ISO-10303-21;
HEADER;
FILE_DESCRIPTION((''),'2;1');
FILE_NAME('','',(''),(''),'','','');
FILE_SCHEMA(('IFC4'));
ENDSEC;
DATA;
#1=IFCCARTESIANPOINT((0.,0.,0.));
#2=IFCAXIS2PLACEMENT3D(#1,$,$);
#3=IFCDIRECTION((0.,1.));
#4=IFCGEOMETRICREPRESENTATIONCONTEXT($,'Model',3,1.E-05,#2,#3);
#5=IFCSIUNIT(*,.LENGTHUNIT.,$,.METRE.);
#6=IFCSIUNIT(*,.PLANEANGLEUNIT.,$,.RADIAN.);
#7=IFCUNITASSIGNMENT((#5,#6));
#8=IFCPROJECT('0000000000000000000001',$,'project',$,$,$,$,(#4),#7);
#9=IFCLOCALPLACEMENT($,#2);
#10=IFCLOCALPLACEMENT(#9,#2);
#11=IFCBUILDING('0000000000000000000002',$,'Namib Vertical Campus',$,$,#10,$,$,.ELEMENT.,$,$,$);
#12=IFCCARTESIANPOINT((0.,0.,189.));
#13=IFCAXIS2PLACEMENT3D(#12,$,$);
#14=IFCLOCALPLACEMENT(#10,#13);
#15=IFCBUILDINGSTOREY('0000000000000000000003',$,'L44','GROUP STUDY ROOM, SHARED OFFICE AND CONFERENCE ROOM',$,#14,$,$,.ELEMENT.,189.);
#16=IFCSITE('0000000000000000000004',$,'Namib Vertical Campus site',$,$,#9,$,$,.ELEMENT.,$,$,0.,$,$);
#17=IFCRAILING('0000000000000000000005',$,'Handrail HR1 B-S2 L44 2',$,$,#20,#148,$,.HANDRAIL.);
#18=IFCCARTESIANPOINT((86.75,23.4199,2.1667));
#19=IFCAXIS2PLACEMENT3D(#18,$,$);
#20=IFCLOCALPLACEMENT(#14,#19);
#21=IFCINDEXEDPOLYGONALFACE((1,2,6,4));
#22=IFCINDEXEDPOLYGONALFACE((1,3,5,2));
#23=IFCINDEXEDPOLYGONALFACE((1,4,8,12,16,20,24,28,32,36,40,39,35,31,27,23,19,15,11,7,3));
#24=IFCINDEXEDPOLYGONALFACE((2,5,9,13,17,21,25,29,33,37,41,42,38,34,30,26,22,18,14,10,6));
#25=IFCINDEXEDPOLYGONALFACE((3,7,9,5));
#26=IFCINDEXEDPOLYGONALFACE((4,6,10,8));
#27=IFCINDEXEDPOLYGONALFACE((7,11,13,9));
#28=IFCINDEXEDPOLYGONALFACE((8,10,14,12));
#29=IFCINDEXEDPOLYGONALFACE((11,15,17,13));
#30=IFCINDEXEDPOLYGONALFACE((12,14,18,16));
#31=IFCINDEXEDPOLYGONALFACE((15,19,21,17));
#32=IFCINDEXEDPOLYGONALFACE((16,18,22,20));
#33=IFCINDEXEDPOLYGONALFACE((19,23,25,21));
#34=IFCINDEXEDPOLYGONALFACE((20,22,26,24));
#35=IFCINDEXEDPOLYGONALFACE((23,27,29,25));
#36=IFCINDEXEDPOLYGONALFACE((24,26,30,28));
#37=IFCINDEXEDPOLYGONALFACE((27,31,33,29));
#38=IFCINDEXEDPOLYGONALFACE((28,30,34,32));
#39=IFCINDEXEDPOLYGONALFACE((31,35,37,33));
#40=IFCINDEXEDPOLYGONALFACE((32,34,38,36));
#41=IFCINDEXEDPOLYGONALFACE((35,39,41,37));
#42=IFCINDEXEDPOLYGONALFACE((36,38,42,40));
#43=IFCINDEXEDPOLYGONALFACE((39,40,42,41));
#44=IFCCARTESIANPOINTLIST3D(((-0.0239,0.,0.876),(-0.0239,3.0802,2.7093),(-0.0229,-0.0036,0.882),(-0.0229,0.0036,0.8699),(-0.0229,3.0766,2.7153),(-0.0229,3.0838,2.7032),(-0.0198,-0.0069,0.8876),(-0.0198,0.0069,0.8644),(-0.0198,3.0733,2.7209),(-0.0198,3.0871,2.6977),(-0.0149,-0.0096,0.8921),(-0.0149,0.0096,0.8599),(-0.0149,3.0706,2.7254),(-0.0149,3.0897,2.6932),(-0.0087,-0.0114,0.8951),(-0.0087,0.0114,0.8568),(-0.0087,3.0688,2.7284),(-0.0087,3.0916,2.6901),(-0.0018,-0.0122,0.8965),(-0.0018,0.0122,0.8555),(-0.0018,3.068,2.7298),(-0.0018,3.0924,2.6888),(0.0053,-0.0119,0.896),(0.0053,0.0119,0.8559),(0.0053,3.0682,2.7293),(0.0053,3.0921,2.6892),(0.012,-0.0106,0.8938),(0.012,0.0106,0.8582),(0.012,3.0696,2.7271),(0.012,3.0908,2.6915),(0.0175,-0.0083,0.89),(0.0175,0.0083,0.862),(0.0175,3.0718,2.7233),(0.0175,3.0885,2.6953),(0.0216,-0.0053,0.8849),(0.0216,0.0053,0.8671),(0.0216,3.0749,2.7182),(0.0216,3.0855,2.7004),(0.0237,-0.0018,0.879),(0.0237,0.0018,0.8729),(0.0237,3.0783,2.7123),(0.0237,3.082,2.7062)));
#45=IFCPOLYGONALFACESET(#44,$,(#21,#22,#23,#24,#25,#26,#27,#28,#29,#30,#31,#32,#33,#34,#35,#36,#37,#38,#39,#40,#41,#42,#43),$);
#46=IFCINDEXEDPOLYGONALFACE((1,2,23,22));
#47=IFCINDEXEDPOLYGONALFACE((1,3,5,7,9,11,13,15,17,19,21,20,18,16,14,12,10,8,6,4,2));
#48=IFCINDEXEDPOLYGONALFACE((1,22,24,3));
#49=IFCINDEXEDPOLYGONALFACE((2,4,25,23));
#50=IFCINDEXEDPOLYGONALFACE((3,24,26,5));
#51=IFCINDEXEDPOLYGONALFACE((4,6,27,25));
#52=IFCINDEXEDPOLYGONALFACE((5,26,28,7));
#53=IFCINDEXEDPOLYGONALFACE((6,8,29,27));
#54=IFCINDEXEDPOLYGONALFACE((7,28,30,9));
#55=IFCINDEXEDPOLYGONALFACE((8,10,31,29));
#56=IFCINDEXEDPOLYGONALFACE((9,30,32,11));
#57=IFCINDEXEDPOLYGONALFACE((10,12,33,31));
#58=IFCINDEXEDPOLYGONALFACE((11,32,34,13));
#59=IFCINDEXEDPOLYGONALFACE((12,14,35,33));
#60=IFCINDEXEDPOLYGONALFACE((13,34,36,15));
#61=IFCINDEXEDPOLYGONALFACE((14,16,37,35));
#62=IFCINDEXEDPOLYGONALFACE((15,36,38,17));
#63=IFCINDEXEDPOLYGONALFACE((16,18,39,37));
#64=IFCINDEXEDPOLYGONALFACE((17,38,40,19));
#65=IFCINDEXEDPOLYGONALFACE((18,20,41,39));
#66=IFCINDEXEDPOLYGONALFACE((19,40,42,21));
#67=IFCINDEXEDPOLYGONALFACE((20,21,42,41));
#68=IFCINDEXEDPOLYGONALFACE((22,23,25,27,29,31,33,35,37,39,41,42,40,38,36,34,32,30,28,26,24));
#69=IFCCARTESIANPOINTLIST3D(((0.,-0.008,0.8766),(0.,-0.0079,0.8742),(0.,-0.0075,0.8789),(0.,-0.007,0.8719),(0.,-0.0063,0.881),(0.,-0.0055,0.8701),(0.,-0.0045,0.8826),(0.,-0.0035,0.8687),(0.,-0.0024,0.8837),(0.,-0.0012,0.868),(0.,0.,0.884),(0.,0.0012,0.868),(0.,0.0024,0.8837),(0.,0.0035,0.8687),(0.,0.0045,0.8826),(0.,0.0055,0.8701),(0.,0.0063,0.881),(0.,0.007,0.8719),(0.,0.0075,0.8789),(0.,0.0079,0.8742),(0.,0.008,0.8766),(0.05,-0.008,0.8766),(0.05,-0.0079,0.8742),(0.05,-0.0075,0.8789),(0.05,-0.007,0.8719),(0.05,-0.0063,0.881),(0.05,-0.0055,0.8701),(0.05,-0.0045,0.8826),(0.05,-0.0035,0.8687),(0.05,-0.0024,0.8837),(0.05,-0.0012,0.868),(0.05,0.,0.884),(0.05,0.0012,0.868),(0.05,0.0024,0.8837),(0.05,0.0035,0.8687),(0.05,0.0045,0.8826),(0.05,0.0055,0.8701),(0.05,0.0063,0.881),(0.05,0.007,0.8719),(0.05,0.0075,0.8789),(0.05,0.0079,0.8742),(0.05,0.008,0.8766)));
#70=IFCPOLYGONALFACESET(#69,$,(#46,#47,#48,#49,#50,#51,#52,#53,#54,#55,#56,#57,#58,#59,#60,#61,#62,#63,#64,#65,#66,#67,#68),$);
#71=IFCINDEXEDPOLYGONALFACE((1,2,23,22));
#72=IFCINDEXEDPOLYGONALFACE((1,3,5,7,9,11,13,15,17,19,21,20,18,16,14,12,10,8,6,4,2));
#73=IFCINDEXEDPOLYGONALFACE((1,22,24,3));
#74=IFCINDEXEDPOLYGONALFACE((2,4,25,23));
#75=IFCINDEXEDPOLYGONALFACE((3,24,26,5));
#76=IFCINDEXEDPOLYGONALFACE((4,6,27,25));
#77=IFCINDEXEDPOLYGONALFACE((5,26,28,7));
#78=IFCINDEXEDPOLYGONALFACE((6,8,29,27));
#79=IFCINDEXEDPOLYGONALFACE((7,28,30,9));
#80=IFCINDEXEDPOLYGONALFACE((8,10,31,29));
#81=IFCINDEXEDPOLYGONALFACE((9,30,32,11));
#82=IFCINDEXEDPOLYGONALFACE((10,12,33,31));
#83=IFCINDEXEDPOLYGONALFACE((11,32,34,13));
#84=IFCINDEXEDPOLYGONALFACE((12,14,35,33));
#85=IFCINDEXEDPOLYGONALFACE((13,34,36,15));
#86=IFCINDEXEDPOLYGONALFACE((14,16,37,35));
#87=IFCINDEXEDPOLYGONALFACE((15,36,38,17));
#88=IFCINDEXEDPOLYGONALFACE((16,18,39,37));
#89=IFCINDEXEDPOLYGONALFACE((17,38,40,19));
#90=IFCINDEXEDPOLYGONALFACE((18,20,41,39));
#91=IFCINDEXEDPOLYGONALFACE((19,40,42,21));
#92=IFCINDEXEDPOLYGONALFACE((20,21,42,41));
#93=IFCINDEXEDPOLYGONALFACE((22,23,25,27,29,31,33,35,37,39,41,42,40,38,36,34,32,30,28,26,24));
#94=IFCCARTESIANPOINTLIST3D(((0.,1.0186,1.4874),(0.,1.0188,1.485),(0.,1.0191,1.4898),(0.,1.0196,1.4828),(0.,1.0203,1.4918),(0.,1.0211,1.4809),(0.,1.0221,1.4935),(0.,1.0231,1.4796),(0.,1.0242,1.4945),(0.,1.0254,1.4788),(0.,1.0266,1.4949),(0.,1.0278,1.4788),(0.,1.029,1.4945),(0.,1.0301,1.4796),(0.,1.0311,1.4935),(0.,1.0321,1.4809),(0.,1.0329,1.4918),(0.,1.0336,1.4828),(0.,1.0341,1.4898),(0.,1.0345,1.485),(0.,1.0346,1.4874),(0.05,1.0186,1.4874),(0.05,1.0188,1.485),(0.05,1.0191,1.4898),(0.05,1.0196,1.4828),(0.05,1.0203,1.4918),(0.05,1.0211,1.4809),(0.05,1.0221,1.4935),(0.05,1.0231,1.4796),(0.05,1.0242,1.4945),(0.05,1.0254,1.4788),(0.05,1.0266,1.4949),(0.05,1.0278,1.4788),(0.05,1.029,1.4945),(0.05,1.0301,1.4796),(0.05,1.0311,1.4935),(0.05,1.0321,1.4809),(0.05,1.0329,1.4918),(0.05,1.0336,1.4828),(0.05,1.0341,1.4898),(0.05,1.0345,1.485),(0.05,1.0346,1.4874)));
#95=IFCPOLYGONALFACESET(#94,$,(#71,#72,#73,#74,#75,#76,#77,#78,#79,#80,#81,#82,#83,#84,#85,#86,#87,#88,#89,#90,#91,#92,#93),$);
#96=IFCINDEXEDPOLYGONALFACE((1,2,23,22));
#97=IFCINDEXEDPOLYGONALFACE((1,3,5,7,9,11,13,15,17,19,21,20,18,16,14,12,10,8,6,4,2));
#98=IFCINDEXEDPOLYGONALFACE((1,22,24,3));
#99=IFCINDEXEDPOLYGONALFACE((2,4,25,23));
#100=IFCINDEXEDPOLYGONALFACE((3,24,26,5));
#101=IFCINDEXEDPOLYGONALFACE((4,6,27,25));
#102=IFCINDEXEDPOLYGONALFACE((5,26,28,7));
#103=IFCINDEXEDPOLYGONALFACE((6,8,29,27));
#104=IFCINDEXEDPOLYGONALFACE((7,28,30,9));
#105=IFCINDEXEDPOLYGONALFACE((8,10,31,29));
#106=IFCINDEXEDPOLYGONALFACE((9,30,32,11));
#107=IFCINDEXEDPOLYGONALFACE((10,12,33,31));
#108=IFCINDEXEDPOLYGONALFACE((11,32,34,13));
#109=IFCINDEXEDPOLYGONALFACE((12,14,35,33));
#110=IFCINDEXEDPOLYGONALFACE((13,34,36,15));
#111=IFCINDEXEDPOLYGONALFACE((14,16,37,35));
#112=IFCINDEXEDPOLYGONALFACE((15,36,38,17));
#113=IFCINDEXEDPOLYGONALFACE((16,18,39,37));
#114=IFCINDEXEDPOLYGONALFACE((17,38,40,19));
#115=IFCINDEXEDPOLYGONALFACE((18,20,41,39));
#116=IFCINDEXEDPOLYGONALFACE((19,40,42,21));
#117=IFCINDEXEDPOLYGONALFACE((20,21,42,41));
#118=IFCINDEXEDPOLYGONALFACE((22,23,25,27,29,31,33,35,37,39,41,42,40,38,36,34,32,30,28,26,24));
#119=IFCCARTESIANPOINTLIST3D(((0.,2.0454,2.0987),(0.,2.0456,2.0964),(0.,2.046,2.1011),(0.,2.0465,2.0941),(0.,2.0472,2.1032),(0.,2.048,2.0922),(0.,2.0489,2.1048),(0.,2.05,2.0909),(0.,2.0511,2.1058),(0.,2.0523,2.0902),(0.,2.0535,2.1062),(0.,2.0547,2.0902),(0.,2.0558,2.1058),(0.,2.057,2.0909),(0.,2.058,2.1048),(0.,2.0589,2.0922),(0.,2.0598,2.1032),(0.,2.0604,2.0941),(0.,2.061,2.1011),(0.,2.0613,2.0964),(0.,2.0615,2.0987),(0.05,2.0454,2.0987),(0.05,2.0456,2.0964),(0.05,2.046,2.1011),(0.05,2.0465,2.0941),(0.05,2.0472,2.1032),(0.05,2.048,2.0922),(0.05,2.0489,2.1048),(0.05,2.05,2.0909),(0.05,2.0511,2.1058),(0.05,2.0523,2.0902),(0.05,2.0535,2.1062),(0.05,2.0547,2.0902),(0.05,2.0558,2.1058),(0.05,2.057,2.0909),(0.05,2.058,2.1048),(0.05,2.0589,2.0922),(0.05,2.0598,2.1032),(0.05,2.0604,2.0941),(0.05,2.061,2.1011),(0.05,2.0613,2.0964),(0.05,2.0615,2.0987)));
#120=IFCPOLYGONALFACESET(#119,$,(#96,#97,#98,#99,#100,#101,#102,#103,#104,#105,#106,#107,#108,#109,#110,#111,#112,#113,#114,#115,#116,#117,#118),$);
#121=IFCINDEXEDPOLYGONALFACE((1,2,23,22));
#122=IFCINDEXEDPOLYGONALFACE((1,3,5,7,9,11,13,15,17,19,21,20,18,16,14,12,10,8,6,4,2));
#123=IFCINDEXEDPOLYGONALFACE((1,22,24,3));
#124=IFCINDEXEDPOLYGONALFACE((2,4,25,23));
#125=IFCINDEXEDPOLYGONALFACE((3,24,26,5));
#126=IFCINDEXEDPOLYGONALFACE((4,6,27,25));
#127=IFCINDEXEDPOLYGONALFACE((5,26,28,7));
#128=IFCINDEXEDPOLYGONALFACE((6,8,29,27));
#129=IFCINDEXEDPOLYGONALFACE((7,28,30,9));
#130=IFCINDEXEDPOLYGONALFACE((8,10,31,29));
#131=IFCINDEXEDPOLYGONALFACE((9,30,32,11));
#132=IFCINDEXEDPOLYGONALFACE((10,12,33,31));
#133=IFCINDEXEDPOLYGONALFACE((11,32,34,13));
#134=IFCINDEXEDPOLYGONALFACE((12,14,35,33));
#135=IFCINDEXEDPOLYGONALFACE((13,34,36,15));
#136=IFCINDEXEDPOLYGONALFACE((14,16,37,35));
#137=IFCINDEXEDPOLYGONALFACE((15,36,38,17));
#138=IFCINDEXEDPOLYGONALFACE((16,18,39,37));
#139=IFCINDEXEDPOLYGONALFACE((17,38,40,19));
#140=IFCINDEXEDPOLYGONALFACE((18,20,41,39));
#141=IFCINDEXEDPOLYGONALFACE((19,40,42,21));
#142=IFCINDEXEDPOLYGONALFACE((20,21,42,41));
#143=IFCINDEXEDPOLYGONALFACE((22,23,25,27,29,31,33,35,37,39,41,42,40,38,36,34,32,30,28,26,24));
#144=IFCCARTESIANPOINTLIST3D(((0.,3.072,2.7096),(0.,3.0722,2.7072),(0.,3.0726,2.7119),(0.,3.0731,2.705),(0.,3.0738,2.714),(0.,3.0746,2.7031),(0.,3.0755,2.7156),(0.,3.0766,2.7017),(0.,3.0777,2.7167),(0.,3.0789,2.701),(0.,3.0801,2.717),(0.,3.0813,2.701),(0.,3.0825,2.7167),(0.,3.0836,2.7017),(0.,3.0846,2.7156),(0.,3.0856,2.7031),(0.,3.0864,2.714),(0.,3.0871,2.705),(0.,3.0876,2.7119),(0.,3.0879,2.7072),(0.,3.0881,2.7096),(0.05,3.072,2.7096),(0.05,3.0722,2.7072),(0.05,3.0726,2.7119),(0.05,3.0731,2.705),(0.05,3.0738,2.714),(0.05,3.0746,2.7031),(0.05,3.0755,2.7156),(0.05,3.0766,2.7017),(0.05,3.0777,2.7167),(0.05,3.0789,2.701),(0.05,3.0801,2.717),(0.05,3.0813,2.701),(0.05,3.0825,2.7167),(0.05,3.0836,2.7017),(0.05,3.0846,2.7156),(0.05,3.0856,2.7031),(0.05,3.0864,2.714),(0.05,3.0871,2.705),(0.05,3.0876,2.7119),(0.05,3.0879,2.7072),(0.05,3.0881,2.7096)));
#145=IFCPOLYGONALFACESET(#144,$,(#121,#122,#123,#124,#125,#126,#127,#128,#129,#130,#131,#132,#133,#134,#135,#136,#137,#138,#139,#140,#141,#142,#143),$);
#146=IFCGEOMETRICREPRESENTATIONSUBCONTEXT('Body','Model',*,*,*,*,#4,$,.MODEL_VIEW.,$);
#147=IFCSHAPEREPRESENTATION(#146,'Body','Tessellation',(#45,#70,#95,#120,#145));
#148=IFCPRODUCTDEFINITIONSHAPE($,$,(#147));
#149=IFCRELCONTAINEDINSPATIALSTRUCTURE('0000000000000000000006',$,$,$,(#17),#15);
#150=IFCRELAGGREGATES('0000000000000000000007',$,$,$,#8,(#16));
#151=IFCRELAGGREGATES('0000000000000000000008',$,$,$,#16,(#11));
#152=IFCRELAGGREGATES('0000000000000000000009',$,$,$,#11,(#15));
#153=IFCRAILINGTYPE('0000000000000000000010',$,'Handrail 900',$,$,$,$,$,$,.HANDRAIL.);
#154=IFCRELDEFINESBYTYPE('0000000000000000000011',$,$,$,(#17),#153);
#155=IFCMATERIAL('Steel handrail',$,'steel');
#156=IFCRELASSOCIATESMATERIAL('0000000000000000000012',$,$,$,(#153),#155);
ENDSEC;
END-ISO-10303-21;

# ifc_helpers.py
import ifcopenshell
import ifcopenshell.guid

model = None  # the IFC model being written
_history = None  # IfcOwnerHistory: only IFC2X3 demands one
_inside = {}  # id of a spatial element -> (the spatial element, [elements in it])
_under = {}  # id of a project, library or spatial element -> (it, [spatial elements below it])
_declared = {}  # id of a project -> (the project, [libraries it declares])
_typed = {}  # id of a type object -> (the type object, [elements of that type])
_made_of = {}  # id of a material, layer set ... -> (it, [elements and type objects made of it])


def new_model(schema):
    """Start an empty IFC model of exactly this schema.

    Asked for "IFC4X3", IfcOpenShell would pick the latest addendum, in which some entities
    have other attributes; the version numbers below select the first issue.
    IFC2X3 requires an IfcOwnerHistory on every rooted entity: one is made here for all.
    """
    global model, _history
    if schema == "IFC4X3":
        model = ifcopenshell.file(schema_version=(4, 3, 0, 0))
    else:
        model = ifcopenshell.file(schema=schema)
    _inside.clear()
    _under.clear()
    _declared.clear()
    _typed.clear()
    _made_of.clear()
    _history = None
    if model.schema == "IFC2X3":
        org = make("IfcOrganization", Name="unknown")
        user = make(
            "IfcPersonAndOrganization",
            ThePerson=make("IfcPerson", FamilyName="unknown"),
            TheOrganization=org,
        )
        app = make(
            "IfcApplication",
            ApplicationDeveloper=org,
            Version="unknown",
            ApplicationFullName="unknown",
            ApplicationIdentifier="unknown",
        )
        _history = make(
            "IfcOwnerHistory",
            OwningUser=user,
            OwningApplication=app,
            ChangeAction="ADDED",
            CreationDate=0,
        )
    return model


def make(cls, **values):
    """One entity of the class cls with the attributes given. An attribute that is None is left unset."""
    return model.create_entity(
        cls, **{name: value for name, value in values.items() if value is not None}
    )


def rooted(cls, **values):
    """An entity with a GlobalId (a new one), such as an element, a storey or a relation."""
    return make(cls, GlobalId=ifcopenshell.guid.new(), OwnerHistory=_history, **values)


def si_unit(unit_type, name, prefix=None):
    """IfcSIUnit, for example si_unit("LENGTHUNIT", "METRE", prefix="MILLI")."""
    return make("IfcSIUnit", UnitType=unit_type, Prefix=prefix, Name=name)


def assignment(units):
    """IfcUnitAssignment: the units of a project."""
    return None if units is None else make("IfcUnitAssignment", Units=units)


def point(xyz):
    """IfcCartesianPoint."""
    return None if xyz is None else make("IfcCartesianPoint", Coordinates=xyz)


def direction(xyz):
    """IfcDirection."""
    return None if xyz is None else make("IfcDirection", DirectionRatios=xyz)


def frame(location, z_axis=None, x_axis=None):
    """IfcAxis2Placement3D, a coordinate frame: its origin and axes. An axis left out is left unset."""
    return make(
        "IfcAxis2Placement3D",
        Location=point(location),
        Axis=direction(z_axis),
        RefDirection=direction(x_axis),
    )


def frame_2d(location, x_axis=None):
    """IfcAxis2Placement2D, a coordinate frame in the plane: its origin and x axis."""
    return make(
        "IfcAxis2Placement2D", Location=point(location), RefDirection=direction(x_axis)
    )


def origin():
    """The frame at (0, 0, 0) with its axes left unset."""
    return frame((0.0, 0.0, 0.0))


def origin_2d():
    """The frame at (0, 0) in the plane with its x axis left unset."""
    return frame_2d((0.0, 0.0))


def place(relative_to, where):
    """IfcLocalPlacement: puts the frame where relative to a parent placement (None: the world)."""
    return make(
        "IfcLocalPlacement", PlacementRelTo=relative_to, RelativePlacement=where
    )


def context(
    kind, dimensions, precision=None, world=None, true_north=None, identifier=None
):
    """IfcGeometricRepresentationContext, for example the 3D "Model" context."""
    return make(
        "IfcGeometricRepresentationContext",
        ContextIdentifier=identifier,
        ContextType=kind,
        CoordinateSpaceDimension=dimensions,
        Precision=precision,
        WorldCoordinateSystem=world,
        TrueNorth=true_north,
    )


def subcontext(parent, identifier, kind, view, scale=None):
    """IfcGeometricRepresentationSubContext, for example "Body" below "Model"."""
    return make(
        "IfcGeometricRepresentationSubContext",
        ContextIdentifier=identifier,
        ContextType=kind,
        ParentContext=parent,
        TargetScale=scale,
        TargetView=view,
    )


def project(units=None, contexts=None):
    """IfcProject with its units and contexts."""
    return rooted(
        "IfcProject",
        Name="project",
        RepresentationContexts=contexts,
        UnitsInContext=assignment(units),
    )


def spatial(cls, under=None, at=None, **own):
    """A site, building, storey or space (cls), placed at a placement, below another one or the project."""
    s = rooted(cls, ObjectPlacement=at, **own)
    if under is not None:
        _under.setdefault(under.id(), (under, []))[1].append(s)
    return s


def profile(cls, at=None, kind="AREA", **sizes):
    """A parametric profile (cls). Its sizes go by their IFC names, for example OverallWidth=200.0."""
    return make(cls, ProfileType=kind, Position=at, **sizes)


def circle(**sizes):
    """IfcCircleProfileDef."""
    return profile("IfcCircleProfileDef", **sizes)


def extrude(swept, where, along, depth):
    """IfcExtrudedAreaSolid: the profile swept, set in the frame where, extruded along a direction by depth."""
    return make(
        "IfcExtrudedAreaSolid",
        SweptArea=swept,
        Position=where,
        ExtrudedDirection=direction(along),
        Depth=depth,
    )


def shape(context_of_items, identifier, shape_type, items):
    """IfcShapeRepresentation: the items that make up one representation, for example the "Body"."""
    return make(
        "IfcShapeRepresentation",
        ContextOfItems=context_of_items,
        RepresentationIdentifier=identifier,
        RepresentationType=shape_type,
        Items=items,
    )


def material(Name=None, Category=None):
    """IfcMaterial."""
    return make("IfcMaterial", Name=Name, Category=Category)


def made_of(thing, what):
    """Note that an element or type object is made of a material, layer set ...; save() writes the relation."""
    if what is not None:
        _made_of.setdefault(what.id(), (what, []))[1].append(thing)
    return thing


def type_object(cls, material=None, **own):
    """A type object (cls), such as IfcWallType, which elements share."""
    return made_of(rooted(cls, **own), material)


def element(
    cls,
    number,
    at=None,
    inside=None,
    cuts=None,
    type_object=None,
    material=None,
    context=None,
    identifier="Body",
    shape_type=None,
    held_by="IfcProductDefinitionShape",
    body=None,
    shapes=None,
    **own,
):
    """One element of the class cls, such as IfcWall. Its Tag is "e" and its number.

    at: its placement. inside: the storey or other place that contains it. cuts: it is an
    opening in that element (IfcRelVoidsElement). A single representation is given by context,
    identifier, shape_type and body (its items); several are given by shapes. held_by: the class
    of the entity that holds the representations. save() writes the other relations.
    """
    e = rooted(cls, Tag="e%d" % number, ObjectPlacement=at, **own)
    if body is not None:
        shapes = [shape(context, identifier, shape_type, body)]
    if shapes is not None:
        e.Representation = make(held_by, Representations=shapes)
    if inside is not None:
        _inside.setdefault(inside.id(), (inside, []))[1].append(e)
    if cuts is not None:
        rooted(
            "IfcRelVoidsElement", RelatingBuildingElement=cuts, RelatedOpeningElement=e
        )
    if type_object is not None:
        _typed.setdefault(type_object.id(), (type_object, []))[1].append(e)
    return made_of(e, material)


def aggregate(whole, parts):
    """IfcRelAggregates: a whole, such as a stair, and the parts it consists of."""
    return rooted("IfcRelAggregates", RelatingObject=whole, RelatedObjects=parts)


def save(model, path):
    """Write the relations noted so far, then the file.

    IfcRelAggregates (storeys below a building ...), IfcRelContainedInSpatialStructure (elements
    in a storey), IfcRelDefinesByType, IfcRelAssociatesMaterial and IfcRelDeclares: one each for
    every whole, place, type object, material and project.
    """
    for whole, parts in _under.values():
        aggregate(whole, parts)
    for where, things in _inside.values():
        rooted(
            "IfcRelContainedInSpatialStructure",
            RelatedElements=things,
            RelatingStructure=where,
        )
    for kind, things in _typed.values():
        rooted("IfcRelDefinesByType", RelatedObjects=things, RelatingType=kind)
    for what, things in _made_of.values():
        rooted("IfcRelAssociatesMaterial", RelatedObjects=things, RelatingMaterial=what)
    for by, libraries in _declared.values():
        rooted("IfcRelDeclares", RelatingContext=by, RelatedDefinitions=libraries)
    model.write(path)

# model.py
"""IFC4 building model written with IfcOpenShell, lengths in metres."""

from ifc_helpers import new_model, si_unit, direction, frame, origin, origin_2d, place, context, subcontext, project, spatial, circle, extrude, material, type_object, element, save


model = new_model("IFC4")

# Units and contexts
model_context = context("Model", 3, precision=1e-05, world=origin(), true_north=direction((0.0, 1.0)))
body_context = subcontext(model_context, "Body", "Model", "MODEL_VIEW")
ifc_project = project(units=[si_unit("LENGTHUNIT", "METRE"), si_unit("PLANEANGLEUNIT", "RADIAN")], contexts=[model_context])

# Site, building, storey
site_placement = place(None, origin())
site = spatial("IfcSite", under=ifc_project, at=site_placement, Name="Namib Vertical Campus site", CompositionType="ELEMENT", RefElevation=0.0)
building_placement = place(site_placement, origin())
building = spatial("IfcBuilding", under=site, at=building_placement, Name="Namib Vertical Campus", CompositionType="ELEMENT")
storey_placement = place(building_placement, frame((0.0, 0.0, 189.0)))
storey = spatial("IfcBuildingStorey", under=building, at=storey_placement, Name="L44", Description="GROUP STUDY ROOM, SHARED OFFICE AND CONFERENCE ROOM", CompositionType="ELEMENT", Elevation=189.0)

# Railing
ifc_material_1 = material(Name="Steel handrail", Category="steel")
railing_type_1 = type_object("IfcRailingType", Name="Handrail 900", PredefinedType="HANDRAIL", material=ifc_material_1)
railing_1_placement = place(storey_placement, frame((86.75, 23.4199, 2.1667)))
element("IfcRailing", 1, at=railing_1_placement, inside=storey, type_object=railing_type_1, Name="Handrail HR1 B-S2 L44 2", PredefinedType="HANDRAIL", context=body_context, shape_type="SweptSolid", body=[
    extrude(circle(Radius=0.0239, at=origin_2d()), frame((0.0, 0.0, 0.876), z_axis=(0.0, 0.859309, 0.511458), x_axis=(-1.0, 0.0, 0.0)), (0.0, 0.0, 1.0), 3.5845),
    extrude(circle(Radius=0.0081, at=origin_2d()), frame((0.0, 0.0, 0.876), z_axis=(1.0, 0.0, 0.0), x_axis=(0.0, 0.0, 1.0)), (0.0, 0.0, 1.0), 0.05),
    extrude(circle(Radius=0.0081, at=origin_2d()), frame((0.0, 1.0266, 1.4868), z_axis=(1.0, 0.0, 0.0), x_axis=(0.0, 0.0, 1.0)), (0.0, 0.0, 1.0), 0.05),
    extrude(circle(Radius=0.0081, at=origin_2d()), frame((0.0, 2.0535, 2.0981), z_axis=(1.0, 0.0, 0.0), x_axis=(0.0, 0.0, 1.0)), (0.0, 0.0, 1.0), 0.05),
    extrude(circle(Radius=0.0081, at=origin_2d()), frame((0.0, 3.0801, 2.709), z_axis=(1.0, 0.0, 0.0), x_axis=(0.0, 0.0, 1.0)), (0.0, 0.0, 1.0), 0.05),
])

save(model, "model.ifc")
